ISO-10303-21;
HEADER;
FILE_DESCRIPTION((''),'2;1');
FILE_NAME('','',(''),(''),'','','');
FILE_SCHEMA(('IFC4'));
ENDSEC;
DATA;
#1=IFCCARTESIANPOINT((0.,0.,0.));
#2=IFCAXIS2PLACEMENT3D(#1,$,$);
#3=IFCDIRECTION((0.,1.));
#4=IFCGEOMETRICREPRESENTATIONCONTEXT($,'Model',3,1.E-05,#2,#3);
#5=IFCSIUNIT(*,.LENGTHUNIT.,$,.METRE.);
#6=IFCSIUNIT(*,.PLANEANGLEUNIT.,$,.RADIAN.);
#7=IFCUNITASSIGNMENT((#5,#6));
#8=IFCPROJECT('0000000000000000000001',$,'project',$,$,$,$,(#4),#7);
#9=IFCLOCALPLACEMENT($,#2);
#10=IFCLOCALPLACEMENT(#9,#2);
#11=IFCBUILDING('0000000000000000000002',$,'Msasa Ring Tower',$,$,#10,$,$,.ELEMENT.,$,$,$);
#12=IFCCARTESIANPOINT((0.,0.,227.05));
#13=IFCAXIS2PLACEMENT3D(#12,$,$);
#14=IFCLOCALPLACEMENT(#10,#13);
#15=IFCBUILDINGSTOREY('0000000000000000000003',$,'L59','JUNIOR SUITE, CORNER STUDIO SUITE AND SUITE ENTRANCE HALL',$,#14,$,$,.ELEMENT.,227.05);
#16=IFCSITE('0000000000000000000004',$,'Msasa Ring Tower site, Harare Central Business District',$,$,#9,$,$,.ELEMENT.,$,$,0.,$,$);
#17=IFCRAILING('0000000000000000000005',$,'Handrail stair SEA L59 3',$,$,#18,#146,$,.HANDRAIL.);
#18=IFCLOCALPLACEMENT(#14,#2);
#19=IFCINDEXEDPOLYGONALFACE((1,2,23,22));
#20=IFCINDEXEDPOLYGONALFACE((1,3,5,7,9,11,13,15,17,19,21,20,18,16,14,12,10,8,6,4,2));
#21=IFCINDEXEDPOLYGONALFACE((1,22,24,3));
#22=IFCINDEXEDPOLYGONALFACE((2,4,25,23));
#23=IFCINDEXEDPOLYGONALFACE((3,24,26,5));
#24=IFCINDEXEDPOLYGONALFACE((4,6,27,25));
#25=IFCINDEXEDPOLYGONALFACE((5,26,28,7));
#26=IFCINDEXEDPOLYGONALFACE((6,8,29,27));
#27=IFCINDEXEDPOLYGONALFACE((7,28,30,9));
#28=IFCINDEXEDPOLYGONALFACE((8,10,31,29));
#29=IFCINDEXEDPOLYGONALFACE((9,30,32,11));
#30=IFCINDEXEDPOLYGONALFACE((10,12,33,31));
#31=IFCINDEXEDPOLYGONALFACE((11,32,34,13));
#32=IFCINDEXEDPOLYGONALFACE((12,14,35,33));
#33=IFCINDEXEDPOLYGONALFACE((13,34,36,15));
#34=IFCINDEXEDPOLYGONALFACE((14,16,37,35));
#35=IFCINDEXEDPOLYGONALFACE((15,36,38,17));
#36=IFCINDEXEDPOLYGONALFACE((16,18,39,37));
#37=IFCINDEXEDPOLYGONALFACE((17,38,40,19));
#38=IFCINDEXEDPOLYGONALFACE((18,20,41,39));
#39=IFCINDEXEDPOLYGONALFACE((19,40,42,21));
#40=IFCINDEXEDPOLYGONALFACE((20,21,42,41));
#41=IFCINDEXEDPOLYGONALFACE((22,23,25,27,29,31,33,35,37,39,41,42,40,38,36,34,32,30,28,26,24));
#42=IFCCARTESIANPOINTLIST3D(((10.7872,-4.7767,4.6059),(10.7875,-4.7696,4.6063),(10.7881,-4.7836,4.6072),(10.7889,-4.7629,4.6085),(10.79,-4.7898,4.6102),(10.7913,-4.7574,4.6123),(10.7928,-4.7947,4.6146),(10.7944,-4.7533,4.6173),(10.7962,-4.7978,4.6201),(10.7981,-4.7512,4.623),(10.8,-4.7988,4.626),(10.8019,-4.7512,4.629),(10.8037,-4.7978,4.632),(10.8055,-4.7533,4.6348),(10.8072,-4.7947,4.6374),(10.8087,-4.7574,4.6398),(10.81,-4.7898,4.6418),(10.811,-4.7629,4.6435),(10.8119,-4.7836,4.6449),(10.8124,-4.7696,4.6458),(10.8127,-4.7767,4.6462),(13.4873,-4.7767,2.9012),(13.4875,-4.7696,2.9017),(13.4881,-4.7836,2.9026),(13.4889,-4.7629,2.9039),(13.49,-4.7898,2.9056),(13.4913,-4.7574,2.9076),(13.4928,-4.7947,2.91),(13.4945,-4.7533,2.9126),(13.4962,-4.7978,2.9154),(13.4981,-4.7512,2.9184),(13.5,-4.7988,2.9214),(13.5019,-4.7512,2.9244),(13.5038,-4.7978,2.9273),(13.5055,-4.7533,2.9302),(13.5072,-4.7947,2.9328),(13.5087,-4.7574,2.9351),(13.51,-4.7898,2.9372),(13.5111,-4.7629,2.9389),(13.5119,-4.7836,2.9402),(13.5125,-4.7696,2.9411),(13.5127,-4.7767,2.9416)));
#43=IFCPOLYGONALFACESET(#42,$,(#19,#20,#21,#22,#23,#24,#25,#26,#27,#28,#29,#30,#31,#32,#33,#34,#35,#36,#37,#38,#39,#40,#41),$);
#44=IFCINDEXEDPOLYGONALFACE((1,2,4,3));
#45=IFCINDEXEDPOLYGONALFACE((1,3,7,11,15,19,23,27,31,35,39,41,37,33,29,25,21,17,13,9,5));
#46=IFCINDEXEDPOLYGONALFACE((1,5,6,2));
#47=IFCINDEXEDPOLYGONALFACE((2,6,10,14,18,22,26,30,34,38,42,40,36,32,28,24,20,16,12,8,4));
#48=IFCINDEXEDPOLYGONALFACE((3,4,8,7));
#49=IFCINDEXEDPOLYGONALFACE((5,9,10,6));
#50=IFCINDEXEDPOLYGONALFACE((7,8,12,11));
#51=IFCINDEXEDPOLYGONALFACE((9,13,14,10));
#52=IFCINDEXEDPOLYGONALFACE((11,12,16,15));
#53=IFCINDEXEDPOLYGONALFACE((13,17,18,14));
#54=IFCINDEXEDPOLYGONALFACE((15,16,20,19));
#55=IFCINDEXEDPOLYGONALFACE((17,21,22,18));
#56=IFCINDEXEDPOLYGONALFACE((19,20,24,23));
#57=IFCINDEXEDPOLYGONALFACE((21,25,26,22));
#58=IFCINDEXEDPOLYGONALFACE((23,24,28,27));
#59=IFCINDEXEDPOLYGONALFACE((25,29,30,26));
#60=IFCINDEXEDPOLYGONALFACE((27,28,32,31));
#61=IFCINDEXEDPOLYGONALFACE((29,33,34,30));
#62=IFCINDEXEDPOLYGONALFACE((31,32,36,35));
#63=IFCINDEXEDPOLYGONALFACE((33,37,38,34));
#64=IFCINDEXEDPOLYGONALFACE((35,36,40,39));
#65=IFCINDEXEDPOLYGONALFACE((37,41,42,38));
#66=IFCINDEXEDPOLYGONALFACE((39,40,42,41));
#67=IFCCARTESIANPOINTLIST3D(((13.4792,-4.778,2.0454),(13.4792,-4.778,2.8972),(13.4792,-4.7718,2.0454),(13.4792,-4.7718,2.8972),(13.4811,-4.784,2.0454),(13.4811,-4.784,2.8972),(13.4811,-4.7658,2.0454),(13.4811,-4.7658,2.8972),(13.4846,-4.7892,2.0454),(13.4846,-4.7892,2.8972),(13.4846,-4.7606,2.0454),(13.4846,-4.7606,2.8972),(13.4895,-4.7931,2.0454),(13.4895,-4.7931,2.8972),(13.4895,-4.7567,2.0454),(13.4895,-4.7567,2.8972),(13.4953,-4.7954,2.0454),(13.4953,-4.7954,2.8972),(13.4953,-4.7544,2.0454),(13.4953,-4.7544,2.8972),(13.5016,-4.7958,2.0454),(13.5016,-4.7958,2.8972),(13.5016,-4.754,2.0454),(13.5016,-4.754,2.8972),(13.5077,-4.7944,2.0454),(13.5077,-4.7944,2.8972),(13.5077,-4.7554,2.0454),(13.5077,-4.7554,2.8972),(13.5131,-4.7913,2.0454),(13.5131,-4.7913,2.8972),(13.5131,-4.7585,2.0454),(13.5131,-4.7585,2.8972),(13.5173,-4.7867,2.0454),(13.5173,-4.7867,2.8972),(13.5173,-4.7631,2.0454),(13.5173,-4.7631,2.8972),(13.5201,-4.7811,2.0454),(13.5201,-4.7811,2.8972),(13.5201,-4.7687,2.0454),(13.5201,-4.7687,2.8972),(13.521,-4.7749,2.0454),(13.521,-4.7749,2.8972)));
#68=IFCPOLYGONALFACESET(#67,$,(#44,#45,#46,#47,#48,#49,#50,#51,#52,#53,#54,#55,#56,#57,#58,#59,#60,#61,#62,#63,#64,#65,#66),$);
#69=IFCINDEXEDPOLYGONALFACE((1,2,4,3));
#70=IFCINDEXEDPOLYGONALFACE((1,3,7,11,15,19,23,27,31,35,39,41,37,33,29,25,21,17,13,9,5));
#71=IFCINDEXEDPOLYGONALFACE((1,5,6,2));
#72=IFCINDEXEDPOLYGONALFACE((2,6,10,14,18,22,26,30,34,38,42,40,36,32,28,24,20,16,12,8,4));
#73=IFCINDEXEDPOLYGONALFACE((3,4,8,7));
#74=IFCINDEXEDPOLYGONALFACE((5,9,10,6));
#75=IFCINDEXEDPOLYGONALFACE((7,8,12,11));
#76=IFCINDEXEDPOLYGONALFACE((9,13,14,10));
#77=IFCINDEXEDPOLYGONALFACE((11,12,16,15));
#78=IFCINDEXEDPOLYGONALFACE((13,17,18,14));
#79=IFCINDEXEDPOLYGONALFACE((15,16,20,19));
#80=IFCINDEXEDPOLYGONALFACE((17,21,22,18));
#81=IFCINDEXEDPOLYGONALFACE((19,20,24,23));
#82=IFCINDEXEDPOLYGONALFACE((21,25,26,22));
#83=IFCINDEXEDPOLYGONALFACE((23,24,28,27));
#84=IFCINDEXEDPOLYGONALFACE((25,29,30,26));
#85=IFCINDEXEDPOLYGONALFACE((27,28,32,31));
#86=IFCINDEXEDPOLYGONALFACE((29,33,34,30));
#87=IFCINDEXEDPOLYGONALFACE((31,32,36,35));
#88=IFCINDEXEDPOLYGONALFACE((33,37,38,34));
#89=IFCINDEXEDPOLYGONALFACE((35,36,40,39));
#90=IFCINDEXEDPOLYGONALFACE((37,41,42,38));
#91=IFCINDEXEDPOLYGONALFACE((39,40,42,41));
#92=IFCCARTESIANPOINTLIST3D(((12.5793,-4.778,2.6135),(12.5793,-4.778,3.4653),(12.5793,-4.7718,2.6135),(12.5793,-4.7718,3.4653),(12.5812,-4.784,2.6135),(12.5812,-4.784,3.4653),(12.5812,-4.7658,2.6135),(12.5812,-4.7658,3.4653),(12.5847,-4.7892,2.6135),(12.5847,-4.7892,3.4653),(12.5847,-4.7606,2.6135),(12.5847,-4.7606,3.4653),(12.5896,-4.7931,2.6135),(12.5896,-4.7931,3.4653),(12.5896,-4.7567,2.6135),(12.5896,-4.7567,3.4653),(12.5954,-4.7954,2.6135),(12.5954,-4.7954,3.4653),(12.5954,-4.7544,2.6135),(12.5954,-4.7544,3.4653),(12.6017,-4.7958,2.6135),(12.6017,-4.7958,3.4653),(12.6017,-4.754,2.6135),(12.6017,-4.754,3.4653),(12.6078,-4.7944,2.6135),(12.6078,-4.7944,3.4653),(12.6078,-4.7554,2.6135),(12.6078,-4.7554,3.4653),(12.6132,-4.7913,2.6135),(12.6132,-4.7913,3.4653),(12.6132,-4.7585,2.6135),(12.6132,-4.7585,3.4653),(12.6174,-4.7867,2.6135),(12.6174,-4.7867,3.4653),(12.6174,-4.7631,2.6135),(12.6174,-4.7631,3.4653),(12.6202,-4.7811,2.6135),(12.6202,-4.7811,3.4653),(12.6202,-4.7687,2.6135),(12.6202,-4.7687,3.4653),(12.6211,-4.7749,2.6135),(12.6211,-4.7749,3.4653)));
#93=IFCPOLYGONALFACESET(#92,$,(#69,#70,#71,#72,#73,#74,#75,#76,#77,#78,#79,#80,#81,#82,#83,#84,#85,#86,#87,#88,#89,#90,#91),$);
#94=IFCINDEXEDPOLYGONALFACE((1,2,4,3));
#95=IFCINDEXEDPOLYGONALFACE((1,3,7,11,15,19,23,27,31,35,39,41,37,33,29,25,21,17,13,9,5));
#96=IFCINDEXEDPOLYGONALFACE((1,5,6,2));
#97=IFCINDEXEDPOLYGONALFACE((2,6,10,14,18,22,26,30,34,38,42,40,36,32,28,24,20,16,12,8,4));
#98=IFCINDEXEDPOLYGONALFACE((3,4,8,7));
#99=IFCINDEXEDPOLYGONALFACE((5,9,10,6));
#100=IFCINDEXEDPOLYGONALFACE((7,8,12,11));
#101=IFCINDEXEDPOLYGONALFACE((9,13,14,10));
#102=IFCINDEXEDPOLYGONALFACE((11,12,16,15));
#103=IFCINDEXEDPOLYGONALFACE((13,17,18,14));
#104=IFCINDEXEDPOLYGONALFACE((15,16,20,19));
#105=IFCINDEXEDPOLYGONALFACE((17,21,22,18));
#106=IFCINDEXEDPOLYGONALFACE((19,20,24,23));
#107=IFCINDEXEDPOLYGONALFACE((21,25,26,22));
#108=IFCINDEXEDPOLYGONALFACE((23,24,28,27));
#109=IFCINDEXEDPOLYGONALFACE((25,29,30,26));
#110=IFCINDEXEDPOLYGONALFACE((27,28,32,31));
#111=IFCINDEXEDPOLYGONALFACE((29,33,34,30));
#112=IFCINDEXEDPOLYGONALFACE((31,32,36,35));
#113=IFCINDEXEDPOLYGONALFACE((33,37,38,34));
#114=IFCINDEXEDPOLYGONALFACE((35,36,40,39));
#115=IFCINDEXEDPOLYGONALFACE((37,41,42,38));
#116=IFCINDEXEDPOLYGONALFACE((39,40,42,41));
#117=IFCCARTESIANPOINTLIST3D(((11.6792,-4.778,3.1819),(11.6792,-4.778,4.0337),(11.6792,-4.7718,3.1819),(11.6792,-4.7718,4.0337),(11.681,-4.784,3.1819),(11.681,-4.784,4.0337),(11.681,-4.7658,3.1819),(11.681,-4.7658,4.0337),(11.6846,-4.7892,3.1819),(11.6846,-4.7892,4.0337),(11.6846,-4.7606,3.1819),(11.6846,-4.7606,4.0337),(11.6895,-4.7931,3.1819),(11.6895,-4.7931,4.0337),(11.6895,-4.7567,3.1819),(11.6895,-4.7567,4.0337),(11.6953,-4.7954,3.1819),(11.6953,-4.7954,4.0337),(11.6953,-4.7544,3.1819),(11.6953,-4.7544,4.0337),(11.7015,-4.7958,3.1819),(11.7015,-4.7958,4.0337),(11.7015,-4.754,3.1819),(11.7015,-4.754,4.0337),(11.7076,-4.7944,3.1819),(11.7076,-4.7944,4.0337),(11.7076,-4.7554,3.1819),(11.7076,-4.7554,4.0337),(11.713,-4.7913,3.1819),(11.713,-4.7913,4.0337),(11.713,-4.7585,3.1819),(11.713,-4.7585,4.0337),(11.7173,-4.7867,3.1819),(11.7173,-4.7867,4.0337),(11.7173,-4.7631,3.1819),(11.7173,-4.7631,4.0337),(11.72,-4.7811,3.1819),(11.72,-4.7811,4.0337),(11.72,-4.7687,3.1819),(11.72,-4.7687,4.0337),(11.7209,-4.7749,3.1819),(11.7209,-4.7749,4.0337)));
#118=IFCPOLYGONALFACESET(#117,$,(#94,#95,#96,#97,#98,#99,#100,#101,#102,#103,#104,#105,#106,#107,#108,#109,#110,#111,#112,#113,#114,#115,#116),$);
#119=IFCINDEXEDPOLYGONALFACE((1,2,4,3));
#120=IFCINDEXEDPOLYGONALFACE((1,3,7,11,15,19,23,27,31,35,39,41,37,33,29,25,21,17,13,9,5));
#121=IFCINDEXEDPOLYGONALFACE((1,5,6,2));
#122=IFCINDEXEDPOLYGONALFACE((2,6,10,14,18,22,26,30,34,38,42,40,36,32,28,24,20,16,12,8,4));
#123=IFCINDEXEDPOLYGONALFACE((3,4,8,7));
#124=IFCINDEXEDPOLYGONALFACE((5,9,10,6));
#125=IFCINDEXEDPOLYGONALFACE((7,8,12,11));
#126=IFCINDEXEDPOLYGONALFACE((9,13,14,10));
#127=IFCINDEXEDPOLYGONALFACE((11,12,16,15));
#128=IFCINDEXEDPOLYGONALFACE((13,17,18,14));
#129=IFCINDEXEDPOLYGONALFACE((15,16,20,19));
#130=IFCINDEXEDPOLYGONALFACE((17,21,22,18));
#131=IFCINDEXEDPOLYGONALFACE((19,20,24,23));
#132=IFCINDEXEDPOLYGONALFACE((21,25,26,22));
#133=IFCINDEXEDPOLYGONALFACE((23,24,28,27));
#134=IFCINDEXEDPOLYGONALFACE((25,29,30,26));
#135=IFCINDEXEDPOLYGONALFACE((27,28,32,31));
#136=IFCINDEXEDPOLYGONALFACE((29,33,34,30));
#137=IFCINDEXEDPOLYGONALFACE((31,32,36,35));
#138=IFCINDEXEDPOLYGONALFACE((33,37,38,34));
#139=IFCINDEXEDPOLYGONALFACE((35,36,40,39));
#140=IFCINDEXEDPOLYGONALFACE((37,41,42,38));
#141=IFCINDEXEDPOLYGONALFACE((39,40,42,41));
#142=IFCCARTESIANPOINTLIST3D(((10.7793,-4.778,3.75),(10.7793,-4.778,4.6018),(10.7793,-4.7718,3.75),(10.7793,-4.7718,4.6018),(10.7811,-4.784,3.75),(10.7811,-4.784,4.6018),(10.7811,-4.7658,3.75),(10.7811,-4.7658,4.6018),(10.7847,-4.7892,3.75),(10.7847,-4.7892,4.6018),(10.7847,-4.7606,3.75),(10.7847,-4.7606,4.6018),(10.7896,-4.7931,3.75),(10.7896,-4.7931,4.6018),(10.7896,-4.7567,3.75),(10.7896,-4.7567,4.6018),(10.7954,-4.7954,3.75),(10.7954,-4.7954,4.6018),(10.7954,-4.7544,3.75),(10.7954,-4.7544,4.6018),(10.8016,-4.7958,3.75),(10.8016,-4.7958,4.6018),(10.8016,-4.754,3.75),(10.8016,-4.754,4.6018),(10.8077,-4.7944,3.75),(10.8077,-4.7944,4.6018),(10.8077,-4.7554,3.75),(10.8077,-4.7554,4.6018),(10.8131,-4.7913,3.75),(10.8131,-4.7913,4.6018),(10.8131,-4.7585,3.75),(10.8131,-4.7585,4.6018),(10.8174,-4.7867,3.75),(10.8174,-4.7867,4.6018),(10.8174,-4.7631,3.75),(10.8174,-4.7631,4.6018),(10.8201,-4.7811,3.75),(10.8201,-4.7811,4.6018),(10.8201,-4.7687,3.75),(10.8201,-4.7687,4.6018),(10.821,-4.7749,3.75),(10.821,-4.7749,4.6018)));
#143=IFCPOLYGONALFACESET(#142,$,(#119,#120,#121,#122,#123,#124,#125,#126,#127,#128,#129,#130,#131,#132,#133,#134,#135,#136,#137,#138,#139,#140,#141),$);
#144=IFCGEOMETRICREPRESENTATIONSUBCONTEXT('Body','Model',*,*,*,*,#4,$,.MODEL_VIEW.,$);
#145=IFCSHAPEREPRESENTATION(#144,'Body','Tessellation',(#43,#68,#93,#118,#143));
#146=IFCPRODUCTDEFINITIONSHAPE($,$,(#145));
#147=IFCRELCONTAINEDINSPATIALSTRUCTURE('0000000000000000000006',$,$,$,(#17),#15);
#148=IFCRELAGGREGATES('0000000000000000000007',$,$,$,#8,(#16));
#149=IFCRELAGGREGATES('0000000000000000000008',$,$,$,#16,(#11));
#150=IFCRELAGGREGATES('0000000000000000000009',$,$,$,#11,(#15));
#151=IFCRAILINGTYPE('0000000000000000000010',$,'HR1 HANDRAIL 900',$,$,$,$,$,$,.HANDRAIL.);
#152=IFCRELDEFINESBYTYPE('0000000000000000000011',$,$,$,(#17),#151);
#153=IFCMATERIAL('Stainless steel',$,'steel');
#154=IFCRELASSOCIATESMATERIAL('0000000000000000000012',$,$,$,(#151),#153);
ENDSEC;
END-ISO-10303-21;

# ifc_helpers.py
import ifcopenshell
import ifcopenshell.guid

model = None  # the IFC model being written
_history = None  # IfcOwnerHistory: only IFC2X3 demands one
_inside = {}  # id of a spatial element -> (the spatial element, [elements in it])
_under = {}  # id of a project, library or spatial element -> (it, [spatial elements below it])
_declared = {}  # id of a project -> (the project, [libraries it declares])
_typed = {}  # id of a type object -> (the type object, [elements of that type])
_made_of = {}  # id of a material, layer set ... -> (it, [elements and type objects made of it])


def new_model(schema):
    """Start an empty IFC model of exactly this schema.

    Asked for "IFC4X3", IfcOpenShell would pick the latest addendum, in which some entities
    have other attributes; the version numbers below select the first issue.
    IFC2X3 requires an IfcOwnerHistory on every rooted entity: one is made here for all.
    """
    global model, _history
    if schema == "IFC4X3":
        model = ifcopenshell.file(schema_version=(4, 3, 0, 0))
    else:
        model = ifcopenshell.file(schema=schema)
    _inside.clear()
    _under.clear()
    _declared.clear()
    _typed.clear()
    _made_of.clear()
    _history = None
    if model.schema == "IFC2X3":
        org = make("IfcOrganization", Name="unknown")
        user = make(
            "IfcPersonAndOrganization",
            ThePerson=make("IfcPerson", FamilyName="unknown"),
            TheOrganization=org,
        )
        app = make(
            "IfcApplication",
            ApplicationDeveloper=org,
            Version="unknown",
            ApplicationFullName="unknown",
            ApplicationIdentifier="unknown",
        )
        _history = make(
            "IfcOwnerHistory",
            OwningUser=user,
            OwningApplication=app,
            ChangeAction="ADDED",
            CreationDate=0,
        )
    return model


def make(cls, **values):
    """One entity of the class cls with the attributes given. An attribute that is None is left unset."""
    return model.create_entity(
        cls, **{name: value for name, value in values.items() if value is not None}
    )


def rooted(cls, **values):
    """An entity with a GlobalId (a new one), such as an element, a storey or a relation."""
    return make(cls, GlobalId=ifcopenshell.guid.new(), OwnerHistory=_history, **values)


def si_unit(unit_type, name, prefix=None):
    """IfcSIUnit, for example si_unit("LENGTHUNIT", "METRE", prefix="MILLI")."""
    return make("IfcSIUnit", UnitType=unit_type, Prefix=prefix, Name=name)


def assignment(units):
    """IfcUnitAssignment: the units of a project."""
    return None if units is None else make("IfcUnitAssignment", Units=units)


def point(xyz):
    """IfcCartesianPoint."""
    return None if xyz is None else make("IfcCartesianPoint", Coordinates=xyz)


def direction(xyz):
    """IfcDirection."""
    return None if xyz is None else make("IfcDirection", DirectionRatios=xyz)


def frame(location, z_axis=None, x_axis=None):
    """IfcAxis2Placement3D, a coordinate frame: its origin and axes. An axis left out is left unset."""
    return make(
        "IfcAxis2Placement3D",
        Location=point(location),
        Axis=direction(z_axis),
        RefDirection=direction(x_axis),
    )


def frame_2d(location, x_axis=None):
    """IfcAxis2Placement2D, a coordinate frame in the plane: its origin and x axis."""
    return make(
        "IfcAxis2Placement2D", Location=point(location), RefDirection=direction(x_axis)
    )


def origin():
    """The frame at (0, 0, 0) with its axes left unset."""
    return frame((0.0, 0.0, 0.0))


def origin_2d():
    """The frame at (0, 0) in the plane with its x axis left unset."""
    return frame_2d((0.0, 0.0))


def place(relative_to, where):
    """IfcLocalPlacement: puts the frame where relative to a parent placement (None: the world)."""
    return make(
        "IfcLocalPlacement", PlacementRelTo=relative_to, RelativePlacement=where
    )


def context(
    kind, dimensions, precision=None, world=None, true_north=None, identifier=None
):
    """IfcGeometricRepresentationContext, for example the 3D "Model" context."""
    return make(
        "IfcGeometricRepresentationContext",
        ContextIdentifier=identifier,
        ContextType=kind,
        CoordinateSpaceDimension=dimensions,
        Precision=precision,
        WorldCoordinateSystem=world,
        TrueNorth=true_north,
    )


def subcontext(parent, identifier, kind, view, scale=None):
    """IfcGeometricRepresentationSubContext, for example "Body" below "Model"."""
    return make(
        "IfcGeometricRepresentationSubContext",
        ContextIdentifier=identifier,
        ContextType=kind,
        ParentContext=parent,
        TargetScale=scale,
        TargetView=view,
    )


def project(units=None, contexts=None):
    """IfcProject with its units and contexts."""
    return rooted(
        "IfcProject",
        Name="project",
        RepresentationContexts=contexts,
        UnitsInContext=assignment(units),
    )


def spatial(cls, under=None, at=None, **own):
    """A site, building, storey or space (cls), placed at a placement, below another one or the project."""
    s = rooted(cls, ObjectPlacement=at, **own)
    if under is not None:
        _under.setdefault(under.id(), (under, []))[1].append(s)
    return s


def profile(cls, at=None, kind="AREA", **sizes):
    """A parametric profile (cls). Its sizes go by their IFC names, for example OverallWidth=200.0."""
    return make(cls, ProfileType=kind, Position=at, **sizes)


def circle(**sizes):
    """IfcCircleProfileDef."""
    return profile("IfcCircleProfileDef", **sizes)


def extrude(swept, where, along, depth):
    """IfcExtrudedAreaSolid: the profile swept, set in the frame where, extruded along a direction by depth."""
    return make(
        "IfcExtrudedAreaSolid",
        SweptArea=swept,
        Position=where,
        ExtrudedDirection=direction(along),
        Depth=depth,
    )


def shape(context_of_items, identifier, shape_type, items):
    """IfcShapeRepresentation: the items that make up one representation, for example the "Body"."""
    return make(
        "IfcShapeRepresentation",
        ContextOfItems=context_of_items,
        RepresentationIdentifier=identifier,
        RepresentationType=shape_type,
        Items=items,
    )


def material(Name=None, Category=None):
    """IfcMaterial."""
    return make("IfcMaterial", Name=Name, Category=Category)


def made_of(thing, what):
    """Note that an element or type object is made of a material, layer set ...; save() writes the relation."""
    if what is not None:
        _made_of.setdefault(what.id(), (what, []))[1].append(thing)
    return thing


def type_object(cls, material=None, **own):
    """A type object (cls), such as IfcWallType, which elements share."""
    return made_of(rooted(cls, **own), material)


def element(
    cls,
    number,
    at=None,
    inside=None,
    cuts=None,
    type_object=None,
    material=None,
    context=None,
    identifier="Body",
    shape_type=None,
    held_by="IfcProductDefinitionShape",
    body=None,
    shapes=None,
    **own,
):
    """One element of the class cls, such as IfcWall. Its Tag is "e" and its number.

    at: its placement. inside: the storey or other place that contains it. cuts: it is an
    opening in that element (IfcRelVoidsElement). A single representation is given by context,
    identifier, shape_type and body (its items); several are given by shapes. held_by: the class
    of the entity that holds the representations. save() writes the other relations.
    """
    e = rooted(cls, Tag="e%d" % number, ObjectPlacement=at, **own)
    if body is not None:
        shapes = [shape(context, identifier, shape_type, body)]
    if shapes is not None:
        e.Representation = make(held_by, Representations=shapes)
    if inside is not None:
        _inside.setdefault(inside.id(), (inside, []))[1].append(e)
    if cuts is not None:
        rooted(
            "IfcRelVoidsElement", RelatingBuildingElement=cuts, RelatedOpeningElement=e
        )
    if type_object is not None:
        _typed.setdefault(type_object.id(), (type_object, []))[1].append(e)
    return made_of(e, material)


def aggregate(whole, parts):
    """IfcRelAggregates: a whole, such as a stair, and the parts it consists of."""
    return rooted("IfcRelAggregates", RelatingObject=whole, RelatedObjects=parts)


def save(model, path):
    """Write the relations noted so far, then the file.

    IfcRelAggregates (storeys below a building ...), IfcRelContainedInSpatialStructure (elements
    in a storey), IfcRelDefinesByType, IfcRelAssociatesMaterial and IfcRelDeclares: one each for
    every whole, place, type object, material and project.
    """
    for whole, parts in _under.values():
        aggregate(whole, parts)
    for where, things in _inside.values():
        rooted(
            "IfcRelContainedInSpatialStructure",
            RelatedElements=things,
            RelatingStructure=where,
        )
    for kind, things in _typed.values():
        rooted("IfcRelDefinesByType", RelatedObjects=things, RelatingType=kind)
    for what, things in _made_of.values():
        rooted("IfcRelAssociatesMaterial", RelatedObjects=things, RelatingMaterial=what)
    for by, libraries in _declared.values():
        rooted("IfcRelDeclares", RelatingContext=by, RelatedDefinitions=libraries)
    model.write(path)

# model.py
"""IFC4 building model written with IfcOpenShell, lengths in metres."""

from ifc_helpers import new_model, si_unit, direction, frame, origin, origin_2d, place, context, subcontext, project, spatial, circle, extrude, material, type_object, element, save


model = new_model("IFC4")

# Units and contexts
model_context = context("Model", 3, precision=1e-05, world=origin(), true_north=direction((0.0, 1.0)))
body_context = subcontext(model_context, "Body", "Model", "MODEL_VIEW")
ifc_project = project(units=[si_unit("LENGTHUNIT", "METRE"), si_unit("PLANEANGLEUNIT", "RADIAN")], contexts=[model_context])

# Site, building, storey
site_placement = place(None, origin())
site = spatial("IfcSite", under=ifc_project, at=site_placement, Name="Msasa Ring Tower site, Harare Central Business District", CompositionType="ELEMENT", RefElevation=0.0)
building_placement = place(site_placement, origin())
building = spatial("IfcBuilding", under=site, at=building_placement, Name="Msasa Ring Tower", CompositionType="ELEMENT")
storey_placement = place(building_placement, frame((0.0, 0.0, 227.05)))
storey = spatial("IfcBuildingStorey", under=building, at=storey_placement, Name="L59", Description="JUNIOR SUITE, CORNER STUDIO SUITE AND SUITE ENTRANCE HALL", CompositionType="ELEMENT", Elevation=227.05)

# Railing
ifc_material_1 = material(Name="Stainless steel", Category="steel")
railing_type = type_object("IfcRailingType", Name="HR1 HANDRAIL 900", PredefinedType="HANDRAIL", material=ifc_material_1)
for number, where, name in (
    (1, (13.5, -4.7749, 2.0454), "Handrail stair SEA L59 3"),
):
    element("IfcRailing", number, at=place(storey_placement, frame(where)), inside=storey, type_object=railing_type, Name=name, PredefinedType="HANDRAIL", context=body_context, shape_type="SweptSolid", body=[
        extrude(circle(Radius=0.0239, at=origin_2d()), frame((0.0, 0.0, 0.876), z_axis=(-0.84558, 0.0, 0.533849), x_axis=(0.0, -1.0, 0.0)), (0.0, 0.0, 1.0), 3.1931),
        extrude(circle(Radius=0.021, at=origin_2d()), origin(), (0.0, 0.0, 1.0), 0.8518),
        extrude(circle(Radius=0.021, at=origin_2d()), frame((-0.8999, 0.0, 0.5681)), (0.0, 0.0, 1.0), 0.8518),
        extrude(circle(Radius=0.021, at=origin_2d()), frame((-1.8, 0.0, 1.1365)), (0.0, 0.0, 1.0), 0.8518),
        extrude(circle(Radius=0.021, at=origin_2d()), frame((-2.7, 0.0, 1.7046)), (0.0, 0.0, 1.0), 0.8518),
    ])

save(model, "model.ifc")
